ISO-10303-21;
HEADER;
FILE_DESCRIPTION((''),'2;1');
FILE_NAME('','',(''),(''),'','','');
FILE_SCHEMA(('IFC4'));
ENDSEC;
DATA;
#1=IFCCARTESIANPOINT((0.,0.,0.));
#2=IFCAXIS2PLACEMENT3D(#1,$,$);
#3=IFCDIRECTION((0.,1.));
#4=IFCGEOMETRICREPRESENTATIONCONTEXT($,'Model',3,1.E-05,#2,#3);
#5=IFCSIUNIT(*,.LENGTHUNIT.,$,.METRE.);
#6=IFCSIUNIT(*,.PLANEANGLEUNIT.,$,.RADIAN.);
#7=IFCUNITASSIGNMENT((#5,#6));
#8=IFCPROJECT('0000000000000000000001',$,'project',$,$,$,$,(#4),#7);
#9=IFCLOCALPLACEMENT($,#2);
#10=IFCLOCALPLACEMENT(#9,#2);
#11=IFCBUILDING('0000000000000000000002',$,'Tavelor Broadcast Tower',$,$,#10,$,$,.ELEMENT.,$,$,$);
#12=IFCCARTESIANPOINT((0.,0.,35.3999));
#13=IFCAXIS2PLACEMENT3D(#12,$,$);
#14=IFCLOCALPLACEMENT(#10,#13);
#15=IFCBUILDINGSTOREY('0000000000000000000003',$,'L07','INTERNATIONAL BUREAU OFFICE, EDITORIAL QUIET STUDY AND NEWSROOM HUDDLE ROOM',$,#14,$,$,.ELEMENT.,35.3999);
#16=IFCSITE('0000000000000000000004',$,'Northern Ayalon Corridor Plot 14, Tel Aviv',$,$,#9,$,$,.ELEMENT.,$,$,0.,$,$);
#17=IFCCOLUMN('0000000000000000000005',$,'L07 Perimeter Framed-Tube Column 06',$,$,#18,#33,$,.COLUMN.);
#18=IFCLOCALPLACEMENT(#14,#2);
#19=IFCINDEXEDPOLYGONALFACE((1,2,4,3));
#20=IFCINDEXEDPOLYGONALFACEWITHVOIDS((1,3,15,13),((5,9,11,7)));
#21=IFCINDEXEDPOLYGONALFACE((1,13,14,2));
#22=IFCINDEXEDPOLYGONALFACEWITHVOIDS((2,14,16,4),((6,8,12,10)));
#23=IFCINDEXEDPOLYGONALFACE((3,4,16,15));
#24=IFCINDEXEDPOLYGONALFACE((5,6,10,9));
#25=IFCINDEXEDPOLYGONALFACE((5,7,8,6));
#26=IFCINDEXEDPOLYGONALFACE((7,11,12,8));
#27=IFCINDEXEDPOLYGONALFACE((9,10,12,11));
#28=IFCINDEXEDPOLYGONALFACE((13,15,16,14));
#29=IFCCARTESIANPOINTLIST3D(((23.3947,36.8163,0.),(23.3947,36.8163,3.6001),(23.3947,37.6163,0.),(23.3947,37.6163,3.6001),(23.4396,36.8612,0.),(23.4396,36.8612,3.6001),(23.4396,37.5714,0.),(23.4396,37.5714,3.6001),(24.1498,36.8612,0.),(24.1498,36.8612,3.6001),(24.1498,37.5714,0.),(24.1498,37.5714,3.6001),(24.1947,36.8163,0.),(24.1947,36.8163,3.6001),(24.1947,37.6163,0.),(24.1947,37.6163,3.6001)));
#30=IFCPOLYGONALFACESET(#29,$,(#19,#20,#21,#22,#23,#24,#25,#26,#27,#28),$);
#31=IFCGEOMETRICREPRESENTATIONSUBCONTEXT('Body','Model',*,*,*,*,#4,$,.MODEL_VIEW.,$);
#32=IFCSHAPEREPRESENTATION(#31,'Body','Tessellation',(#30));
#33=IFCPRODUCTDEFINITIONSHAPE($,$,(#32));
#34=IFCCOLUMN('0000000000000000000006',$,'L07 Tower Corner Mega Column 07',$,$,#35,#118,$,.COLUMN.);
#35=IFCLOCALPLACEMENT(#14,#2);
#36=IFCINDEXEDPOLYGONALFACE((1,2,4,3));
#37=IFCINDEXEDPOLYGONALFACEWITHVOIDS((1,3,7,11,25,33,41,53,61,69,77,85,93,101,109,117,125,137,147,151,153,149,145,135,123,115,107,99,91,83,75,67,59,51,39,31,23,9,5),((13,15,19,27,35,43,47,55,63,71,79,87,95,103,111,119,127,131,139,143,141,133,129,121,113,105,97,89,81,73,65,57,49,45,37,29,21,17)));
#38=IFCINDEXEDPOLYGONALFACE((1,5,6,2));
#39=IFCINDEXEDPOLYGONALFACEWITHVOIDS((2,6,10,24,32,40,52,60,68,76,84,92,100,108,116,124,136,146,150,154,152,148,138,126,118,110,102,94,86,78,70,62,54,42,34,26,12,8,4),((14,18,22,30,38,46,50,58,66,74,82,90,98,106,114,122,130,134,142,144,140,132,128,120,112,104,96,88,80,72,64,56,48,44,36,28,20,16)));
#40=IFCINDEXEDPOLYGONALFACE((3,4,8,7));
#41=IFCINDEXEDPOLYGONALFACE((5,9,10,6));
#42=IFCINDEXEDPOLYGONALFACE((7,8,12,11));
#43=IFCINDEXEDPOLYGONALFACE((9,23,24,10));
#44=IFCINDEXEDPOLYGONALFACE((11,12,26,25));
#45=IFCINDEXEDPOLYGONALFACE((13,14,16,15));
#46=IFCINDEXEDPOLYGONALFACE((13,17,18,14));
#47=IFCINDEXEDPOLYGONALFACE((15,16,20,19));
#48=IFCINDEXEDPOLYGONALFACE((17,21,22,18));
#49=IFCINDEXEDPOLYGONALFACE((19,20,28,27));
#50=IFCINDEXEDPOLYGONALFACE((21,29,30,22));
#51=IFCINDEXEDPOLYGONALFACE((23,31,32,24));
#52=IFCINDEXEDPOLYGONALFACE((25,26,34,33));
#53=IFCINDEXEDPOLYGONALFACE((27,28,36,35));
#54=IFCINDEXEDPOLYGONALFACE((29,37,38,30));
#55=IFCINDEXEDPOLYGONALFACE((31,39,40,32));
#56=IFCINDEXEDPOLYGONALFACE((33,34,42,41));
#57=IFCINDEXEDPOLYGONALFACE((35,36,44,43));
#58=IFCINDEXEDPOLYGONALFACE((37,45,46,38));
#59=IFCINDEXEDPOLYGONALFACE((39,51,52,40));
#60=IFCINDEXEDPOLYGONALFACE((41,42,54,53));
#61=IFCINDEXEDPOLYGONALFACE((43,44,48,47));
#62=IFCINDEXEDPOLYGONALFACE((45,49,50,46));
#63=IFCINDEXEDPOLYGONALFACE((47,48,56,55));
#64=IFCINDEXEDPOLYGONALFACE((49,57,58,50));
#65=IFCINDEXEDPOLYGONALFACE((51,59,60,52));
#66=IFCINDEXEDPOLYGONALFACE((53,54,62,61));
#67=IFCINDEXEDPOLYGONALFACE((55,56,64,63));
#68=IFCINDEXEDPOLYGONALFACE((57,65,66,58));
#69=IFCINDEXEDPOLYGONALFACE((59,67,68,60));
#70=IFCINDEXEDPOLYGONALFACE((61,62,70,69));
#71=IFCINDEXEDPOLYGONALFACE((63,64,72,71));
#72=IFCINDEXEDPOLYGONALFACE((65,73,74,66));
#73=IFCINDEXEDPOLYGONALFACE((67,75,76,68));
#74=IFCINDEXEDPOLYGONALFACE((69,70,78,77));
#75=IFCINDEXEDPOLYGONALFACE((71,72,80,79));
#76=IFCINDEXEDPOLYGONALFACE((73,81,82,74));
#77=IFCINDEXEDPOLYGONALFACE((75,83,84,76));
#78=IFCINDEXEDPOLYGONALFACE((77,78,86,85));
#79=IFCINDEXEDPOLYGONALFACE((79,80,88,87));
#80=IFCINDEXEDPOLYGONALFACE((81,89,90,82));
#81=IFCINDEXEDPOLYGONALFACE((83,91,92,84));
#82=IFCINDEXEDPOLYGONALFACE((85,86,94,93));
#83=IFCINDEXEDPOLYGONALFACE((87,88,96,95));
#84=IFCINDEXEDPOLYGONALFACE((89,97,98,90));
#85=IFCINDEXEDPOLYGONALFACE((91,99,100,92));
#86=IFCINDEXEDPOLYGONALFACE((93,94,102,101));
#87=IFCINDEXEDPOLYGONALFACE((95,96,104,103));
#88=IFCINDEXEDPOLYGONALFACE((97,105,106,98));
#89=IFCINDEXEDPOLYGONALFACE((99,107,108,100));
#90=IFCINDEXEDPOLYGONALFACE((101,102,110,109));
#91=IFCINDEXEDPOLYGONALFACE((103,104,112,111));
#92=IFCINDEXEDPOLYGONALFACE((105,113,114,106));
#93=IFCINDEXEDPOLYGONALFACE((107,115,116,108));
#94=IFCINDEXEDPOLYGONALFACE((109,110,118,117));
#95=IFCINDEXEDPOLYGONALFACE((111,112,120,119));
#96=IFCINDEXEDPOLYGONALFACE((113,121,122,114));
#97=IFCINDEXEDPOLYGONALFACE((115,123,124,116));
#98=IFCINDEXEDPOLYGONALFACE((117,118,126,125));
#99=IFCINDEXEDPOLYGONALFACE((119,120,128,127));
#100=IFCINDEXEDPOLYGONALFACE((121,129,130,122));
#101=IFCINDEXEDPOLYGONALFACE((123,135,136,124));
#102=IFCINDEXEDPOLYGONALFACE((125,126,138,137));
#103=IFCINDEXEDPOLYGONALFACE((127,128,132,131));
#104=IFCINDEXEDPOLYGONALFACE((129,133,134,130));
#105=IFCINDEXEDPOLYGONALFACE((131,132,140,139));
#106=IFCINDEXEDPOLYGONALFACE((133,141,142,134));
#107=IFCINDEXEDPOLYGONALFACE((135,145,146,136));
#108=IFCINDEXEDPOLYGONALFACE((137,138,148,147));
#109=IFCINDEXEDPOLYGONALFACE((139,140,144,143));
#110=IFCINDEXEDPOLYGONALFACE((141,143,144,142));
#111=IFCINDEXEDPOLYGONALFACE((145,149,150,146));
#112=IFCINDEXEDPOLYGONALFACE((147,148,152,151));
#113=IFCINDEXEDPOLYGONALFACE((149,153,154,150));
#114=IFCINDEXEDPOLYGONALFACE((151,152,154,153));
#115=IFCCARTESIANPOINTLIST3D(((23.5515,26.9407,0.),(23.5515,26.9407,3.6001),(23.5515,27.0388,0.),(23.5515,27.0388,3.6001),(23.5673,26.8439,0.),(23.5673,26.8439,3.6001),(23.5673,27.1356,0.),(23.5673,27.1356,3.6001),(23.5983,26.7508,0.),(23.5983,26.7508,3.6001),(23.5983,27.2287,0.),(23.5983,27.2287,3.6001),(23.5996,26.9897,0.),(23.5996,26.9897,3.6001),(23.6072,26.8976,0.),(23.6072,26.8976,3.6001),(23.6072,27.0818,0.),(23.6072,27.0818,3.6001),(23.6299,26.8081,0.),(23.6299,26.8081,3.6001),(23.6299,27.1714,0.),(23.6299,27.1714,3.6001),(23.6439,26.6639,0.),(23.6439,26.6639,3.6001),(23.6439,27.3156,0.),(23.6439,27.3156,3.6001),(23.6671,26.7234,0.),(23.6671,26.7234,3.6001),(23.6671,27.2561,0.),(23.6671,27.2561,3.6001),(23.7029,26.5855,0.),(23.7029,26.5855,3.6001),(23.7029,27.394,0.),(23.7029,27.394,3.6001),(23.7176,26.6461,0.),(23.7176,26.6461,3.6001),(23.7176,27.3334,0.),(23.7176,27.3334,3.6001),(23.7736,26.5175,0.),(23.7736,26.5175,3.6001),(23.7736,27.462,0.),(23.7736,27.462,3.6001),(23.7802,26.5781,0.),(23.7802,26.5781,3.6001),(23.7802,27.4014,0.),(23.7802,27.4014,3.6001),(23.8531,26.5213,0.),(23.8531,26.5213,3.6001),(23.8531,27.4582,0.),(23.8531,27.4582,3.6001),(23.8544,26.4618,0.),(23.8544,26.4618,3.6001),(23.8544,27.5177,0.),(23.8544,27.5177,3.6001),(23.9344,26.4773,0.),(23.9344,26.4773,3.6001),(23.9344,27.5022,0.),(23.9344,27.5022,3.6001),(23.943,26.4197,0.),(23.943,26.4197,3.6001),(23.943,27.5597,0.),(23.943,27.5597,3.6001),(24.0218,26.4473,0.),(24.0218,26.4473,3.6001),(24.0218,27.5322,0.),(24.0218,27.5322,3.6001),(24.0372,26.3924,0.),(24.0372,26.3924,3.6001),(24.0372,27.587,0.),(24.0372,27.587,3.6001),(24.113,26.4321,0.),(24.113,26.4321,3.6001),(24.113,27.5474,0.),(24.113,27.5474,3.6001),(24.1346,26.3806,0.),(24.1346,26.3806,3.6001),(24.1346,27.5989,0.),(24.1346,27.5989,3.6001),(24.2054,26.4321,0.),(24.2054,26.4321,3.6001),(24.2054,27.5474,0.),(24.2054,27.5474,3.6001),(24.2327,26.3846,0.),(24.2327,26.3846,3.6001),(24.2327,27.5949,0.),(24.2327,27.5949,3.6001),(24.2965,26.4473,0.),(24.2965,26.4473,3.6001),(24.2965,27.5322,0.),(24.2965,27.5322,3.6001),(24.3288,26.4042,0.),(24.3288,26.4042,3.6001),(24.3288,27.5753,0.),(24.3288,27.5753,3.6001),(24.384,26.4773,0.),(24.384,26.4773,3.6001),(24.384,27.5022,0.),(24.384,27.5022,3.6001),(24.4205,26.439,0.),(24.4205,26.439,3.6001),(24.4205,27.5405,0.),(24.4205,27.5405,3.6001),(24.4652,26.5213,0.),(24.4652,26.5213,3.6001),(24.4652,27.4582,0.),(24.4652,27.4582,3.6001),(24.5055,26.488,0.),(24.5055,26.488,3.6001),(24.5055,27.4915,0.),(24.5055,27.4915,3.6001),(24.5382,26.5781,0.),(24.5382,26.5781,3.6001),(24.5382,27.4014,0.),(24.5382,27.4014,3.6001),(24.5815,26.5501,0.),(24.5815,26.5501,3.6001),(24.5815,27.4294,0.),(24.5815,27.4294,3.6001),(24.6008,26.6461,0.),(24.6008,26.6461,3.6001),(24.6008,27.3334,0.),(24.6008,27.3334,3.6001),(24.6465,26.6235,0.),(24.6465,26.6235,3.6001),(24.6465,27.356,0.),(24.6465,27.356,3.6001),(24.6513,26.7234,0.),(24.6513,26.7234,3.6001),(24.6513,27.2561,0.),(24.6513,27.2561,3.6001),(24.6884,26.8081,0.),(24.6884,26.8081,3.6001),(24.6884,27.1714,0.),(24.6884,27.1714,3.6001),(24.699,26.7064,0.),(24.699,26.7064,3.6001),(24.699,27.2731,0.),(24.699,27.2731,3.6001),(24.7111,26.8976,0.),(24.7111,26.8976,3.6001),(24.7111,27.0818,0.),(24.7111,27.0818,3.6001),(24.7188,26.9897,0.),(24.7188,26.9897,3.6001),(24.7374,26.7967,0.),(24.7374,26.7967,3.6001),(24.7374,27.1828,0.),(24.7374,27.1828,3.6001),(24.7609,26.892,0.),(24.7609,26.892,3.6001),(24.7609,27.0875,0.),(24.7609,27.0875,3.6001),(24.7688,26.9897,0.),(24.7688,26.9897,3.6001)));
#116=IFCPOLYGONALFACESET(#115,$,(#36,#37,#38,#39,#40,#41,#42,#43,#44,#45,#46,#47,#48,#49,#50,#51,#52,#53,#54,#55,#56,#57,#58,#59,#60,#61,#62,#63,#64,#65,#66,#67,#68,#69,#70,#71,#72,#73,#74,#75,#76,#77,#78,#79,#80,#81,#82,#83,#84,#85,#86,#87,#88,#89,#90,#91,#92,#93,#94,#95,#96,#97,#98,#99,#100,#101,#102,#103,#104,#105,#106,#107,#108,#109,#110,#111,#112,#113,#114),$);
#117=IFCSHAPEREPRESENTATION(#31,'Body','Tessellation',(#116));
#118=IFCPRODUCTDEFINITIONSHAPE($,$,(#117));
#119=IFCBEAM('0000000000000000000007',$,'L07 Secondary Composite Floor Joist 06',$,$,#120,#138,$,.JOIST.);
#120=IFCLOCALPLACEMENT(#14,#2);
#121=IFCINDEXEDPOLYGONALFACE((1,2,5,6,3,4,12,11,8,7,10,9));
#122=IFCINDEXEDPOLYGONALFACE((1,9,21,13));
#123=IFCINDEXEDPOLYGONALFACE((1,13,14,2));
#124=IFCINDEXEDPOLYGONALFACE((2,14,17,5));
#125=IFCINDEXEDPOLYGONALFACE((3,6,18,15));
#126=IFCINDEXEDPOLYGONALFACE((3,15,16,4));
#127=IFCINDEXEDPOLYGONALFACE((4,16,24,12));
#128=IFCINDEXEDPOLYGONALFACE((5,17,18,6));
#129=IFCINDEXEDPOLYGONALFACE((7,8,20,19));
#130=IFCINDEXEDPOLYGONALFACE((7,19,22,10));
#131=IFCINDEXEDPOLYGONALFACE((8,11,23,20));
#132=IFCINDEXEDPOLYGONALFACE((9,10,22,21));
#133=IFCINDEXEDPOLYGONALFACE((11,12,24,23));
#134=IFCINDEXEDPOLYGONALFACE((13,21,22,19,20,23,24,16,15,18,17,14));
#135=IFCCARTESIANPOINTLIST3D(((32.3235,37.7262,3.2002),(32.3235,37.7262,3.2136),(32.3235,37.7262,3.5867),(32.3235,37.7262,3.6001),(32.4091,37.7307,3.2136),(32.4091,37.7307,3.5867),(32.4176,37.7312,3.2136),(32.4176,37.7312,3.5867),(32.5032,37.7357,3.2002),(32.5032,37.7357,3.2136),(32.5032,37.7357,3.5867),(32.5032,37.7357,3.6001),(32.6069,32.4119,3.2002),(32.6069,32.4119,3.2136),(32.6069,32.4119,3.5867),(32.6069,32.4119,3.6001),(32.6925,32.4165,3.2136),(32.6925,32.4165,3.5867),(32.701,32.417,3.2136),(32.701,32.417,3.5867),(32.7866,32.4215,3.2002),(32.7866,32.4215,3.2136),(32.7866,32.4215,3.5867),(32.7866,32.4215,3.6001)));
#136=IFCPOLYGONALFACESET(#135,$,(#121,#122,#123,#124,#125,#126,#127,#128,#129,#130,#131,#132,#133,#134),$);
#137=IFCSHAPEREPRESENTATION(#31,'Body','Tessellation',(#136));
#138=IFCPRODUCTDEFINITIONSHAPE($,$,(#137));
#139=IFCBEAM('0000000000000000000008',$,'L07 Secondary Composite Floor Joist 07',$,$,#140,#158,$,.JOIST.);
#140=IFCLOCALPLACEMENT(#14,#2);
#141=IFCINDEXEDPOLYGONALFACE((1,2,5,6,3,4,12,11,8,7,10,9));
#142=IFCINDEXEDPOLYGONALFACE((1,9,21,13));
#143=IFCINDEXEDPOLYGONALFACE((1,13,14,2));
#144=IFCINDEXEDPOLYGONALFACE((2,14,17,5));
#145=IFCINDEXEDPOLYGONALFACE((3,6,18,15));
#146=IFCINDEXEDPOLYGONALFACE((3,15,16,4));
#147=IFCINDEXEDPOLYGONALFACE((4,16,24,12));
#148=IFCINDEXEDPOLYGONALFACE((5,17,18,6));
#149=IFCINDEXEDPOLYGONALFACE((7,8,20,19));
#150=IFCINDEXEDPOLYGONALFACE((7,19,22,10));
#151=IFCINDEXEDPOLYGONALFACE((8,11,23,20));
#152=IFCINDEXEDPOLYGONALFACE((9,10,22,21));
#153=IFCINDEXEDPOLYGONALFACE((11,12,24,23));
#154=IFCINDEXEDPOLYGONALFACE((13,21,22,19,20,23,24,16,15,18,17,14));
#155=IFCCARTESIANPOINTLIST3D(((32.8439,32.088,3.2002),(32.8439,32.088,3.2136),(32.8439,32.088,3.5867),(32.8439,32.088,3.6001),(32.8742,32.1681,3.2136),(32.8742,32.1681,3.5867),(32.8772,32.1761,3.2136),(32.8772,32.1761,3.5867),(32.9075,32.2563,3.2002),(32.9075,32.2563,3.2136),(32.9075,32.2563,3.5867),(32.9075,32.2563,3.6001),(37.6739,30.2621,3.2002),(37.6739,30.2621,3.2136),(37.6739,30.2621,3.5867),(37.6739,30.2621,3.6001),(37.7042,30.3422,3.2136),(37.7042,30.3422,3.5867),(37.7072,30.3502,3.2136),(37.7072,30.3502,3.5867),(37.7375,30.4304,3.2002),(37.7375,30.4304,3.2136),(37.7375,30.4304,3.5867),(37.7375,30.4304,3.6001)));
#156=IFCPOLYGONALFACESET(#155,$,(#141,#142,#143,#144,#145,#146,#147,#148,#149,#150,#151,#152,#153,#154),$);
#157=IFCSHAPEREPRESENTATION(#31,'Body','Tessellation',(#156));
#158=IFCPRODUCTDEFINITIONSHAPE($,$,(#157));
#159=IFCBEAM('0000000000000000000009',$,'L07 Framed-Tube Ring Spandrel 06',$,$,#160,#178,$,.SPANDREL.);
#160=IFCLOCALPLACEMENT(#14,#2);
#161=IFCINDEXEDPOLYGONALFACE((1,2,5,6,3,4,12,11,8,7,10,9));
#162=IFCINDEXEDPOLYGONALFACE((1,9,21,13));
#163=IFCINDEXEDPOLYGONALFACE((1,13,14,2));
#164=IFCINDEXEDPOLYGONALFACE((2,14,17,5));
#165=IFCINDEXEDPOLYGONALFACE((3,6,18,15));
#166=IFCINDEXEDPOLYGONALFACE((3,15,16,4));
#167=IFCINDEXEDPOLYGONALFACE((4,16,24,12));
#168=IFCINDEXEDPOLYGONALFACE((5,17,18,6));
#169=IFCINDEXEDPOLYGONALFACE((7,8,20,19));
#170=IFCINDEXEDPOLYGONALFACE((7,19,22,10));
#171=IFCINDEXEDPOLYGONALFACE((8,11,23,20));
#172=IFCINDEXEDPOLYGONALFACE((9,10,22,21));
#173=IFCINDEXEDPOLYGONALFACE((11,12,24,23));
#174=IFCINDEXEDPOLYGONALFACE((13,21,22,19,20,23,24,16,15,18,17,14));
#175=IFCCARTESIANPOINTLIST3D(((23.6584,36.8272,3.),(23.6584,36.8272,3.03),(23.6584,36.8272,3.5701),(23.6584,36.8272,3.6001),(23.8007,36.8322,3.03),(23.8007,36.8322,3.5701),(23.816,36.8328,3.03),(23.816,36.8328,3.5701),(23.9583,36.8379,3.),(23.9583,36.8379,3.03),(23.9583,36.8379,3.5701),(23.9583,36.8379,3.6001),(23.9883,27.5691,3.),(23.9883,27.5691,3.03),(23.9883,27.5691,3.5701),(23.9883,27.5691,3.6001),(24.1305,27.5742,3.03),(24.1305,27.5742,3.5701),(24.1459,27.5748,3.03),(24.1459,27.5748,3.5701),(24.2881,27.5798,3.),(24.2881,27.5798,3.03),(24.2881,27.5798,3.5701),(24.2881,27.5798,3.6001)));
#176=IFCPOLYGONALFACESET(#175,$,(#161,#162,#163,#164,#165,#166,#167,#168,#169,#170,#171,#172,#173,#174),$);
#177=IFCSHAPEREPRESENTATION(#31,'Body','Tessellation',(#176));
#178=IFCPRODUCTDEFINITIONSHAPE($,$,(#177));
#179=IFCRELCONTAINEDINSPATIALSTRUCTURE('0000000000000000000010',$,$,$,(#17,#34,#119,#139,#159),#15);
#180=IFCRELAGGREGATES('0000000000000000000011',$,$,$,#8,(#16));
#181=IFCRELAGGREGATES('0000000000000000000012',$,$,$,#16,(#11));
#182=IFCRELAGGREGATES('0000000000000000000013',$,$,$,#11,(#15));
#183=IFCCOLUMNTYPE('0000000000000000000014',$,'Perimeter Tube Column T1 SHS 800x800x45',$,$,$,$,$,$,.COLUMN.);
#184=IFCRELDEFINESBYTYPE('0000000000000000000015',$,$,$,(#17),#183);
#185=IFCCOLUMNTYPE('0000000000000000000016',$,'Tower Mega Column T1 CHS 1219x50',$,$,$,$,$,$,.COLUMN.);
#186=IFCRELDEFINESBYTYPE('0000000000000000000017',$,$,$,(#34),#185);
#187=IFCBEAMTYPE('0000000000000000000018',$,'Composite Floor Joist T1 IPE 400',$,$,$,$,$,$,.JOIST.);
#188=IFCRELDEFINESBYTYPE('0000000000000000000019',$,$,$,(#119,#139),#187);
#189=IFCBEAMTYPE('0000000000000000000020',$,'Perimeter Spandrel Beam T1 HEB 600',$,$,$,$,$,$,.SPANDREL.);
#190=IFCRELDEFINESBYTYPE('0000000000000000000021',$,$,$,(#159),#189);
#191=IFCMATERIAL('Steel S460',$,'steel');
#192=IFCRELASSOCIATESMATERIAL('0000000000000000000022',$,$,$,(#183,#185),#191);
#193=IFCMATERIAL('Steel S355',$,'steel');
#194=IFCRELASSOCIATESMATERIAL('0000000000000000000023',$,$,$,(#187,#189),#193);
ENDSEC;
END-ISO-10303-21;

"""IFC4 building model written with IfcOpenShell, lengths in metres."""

from ifc_helpers import new_model, si_unit, direction, frame, origin, origin_2d, place, context, subcontext, project, spatial, hollow_rectangle, hollow_circle, i_section, extrude, material, material_profile, profile_set, type_object, element, save


model = new_model("IFC4")

# Units and contexts
model_context = context("Model", 3, precision=1e-05, world=origin(), true_north=direction((0.0, 1.0)))
body_context = subcontext(model_context, "Body", "Model", "MODEL_VIEW")
ifc_project = project(units=[si_unit("LENGTHUNIT", "METRE"), si_unit("PLANEANGLEUNIT", "RADIAN")], contexts=[model_context])

# Site, building, storey
site_placement = place(None, origin())
site = spatial("IfcSite", under=ifc_project, at=site_placement, Name="Northern Ayalon Corridor Plot 14, Tel Aviv", CompositionType="ELEMENT", RefElevation=0.0)
building_placement = place(site_placement, origin())
building = spatial("IfcBuilding", under=site, at=building_placement, Name="Tavelor Broadcast Tower", CompositionType="ELEMENT")
storey_placement = place(building_placement, frame((0.0, 0.0, 35.3999)))
storey = spatial("IfcBuildingStorey", under=building, at=storey_placement, Name="L07", Description="INTERNATIONAL BUREAU OFFICE, EDITORIAL QUIET STUDY AND NEWSROOM HUDDLE ROOM", CompositionType="ELEMENT", Elevation=35.3999)

# Columns
ifc_material_1 = material(Name="Steel S460", Category="steel")
ifc_material_profile_1 = material_profile(ifc_material_1, hollow_rectangle(XDim=0.8, YDim=0.8, WallThickness=0.0449, at=origin_2d()), Name="SHS 800x800x45")
ifc_profile_set_1 = profile_set([ifc_material_profile_1], Name="Steel S460")
column_type_1 = type_object("IfcColumnType", Name="Perimeter Tube Column T1 SHS 800x800x45", PredefinedType="COLUMN", material=ifc_profile_set_1)
column_1_placement = place(storey_placement, frame((23.7947, 37.2163, 0.0), z_axis=(0.0, 0.0, 1.0), x_axis=(1.0, 0.0, 0.0)))
element("IfcColumn", 1, at=column_1_placement, inside=storey, type_object=column_type_1, Name="L07 Perimeter Framed-Tube Column 06", PredefinedType="COLUMN", context=body_context, shape_type="SweptSolid", body=[
    extrude(hollow_rectangle(XDim=0.8, YDim=0.8, WallThickness=0.0449, at=origin_2d()), origin(), (0.0, 0.0, 1.0), 3.6001),
])
ifc_material_profile_2 = material_profile(ifc_material_1, hollow_circle(Radius=0.6096, WallThickness=0.05, at=origin_2d()), Name="CHS 1219x50")
ifc_profile_set_2 = profile_set([ifc_material_profile_2], Name="Steel S460")
column_type_2 = type_object("IfcColumnType", Name="Tower Mega Column T1 CHS 1219x50", PredefinedType="COLUMN", material=ifc_profile_set_2)
column_2_placement = place(storey_placement, frame((24.1592, 26.9897, 0.0), z_axis=(0.0, 0.0, 1.0), x_axis=(1.0, 0.0, 0.0)))
element("IfcColumn", 2, at=column_2_placement, inside=storey, type_object=column_type_2, Name="L07 Tower Corner Mega Column 07", PredefinedType="COLUMN", context=body_context, shape_type="SweptSolid", body=[
    extrude(hollow_circle(Radius=0.6096, WallThickness=0.05, at=origin_2d()), origin(), (0.0, 0.0, 1.0), 3.6001),
])

# Beams
ifc_material_2 = material(Name="Steel S355", Category="steel")
ifc_material_profile_3 = material_profile(ifc_material_2, i_section(OverallWidth=0.1799, OverallDepth=0.3999, WebThickness=0.0085, FlangeThickness=0.0134, at=origin_2d()), Name="IPE 400")
ifc_profile_set_3 = profile_set([ifc_material_profile_3], Name="Steel S355")
beam_type_1 = type_object("IfcBeamType", Name="Composite Floor Joist T1 IPE 400", PredefinedType="JOIST", material=ifc_profile_set_3)
beam_1_placement = place(storey_placement, frame((32.4133, 37.731, 3.4001), z_axis=(0.053262, -0.998581, 0.0), x_axis=(0.998581, 0.053262, 0.0)))
element("IfcBeam", 3, at=beam_1_placement, inside=storey, type_object=beam_type_1, Name="L07 Secondary Composite Floor Joist 06", PredefinedType="JOIST", context=body_context, shape_type="SweptSolid", body=[
    extrude(i_section(OverallWidth=0.1799, OverallDepth=0.3999, WebThickness=0.0085, FlangeThickness=0.0134, at=origin_2d()), origin(), (0.0, 0.0, 1.0), 5.3218),
])
beam_2_placement = place(storey_placement, frame((32.8757, 32.1721, 3.4001), z_axis=(0.935393, -0.353609, 0.0), x_axis=(0.353609, 0.935393, 0.0)))
element("IfcBeam", 4, at=beam_2_placement, inside=storey, type_object=beam_type_1, Name="L07 Secondary Composite Floor Joist 07", PredefinedType="JOIST", context=body_context, shape_type="SweptSolid", body=[
    extrude(i_section(OverallWidth=0.1799, OverallDepth=0.3999, WebThickness=0.0085, FlangeThickness=0.0134, at=origin_2d()), origin(), (0.0, 0.0, 1.0), 5.1636),
])
ifc_material_profile_4 = material_profile(ifc_material_2, i_section(OverallWidth=0.3, OverallDepth=0.6001, WebThickness=0.0154, FlangeThickness=0.03, at=origin_2d()), Name="HEB 600")
ifc_profile_set_4 = profile_set([ifc_material_profile_4], Name="Steel S355")
beam_type_2 = type_object("IfcBeamType", Name="Perimeter Spandrel Beam T1 HEB 600", PredefinedType="SPANDREL", material=ifc_profile_set_4)
beam_3_placement = place(storey_placement, frame((23.8083, 36.8325, 3.3), z_axis=(0.035604, -0.999366, 0.0), x_axis=(0.999366, 0.035604, 0.0)))
element("IfcBeam", 5, at=beam_3_placement, inside=storey, type_object=beam_type_2, Name="L07 Framed-Tube Ring Spandrel 06", PredefinedType="SPANDREL", context=body_context, shape_type="SweptSolid", body=[
    extrude(i_section(OverallWidth=0.3, OverallDepth=0.6001, WebThickness=0.0154, FlangeThickness=0.03, at=origin_2d()), origin(), (0.0, 0.0, 1.0), 9.2639),
])

save(model, "model.ifc")
